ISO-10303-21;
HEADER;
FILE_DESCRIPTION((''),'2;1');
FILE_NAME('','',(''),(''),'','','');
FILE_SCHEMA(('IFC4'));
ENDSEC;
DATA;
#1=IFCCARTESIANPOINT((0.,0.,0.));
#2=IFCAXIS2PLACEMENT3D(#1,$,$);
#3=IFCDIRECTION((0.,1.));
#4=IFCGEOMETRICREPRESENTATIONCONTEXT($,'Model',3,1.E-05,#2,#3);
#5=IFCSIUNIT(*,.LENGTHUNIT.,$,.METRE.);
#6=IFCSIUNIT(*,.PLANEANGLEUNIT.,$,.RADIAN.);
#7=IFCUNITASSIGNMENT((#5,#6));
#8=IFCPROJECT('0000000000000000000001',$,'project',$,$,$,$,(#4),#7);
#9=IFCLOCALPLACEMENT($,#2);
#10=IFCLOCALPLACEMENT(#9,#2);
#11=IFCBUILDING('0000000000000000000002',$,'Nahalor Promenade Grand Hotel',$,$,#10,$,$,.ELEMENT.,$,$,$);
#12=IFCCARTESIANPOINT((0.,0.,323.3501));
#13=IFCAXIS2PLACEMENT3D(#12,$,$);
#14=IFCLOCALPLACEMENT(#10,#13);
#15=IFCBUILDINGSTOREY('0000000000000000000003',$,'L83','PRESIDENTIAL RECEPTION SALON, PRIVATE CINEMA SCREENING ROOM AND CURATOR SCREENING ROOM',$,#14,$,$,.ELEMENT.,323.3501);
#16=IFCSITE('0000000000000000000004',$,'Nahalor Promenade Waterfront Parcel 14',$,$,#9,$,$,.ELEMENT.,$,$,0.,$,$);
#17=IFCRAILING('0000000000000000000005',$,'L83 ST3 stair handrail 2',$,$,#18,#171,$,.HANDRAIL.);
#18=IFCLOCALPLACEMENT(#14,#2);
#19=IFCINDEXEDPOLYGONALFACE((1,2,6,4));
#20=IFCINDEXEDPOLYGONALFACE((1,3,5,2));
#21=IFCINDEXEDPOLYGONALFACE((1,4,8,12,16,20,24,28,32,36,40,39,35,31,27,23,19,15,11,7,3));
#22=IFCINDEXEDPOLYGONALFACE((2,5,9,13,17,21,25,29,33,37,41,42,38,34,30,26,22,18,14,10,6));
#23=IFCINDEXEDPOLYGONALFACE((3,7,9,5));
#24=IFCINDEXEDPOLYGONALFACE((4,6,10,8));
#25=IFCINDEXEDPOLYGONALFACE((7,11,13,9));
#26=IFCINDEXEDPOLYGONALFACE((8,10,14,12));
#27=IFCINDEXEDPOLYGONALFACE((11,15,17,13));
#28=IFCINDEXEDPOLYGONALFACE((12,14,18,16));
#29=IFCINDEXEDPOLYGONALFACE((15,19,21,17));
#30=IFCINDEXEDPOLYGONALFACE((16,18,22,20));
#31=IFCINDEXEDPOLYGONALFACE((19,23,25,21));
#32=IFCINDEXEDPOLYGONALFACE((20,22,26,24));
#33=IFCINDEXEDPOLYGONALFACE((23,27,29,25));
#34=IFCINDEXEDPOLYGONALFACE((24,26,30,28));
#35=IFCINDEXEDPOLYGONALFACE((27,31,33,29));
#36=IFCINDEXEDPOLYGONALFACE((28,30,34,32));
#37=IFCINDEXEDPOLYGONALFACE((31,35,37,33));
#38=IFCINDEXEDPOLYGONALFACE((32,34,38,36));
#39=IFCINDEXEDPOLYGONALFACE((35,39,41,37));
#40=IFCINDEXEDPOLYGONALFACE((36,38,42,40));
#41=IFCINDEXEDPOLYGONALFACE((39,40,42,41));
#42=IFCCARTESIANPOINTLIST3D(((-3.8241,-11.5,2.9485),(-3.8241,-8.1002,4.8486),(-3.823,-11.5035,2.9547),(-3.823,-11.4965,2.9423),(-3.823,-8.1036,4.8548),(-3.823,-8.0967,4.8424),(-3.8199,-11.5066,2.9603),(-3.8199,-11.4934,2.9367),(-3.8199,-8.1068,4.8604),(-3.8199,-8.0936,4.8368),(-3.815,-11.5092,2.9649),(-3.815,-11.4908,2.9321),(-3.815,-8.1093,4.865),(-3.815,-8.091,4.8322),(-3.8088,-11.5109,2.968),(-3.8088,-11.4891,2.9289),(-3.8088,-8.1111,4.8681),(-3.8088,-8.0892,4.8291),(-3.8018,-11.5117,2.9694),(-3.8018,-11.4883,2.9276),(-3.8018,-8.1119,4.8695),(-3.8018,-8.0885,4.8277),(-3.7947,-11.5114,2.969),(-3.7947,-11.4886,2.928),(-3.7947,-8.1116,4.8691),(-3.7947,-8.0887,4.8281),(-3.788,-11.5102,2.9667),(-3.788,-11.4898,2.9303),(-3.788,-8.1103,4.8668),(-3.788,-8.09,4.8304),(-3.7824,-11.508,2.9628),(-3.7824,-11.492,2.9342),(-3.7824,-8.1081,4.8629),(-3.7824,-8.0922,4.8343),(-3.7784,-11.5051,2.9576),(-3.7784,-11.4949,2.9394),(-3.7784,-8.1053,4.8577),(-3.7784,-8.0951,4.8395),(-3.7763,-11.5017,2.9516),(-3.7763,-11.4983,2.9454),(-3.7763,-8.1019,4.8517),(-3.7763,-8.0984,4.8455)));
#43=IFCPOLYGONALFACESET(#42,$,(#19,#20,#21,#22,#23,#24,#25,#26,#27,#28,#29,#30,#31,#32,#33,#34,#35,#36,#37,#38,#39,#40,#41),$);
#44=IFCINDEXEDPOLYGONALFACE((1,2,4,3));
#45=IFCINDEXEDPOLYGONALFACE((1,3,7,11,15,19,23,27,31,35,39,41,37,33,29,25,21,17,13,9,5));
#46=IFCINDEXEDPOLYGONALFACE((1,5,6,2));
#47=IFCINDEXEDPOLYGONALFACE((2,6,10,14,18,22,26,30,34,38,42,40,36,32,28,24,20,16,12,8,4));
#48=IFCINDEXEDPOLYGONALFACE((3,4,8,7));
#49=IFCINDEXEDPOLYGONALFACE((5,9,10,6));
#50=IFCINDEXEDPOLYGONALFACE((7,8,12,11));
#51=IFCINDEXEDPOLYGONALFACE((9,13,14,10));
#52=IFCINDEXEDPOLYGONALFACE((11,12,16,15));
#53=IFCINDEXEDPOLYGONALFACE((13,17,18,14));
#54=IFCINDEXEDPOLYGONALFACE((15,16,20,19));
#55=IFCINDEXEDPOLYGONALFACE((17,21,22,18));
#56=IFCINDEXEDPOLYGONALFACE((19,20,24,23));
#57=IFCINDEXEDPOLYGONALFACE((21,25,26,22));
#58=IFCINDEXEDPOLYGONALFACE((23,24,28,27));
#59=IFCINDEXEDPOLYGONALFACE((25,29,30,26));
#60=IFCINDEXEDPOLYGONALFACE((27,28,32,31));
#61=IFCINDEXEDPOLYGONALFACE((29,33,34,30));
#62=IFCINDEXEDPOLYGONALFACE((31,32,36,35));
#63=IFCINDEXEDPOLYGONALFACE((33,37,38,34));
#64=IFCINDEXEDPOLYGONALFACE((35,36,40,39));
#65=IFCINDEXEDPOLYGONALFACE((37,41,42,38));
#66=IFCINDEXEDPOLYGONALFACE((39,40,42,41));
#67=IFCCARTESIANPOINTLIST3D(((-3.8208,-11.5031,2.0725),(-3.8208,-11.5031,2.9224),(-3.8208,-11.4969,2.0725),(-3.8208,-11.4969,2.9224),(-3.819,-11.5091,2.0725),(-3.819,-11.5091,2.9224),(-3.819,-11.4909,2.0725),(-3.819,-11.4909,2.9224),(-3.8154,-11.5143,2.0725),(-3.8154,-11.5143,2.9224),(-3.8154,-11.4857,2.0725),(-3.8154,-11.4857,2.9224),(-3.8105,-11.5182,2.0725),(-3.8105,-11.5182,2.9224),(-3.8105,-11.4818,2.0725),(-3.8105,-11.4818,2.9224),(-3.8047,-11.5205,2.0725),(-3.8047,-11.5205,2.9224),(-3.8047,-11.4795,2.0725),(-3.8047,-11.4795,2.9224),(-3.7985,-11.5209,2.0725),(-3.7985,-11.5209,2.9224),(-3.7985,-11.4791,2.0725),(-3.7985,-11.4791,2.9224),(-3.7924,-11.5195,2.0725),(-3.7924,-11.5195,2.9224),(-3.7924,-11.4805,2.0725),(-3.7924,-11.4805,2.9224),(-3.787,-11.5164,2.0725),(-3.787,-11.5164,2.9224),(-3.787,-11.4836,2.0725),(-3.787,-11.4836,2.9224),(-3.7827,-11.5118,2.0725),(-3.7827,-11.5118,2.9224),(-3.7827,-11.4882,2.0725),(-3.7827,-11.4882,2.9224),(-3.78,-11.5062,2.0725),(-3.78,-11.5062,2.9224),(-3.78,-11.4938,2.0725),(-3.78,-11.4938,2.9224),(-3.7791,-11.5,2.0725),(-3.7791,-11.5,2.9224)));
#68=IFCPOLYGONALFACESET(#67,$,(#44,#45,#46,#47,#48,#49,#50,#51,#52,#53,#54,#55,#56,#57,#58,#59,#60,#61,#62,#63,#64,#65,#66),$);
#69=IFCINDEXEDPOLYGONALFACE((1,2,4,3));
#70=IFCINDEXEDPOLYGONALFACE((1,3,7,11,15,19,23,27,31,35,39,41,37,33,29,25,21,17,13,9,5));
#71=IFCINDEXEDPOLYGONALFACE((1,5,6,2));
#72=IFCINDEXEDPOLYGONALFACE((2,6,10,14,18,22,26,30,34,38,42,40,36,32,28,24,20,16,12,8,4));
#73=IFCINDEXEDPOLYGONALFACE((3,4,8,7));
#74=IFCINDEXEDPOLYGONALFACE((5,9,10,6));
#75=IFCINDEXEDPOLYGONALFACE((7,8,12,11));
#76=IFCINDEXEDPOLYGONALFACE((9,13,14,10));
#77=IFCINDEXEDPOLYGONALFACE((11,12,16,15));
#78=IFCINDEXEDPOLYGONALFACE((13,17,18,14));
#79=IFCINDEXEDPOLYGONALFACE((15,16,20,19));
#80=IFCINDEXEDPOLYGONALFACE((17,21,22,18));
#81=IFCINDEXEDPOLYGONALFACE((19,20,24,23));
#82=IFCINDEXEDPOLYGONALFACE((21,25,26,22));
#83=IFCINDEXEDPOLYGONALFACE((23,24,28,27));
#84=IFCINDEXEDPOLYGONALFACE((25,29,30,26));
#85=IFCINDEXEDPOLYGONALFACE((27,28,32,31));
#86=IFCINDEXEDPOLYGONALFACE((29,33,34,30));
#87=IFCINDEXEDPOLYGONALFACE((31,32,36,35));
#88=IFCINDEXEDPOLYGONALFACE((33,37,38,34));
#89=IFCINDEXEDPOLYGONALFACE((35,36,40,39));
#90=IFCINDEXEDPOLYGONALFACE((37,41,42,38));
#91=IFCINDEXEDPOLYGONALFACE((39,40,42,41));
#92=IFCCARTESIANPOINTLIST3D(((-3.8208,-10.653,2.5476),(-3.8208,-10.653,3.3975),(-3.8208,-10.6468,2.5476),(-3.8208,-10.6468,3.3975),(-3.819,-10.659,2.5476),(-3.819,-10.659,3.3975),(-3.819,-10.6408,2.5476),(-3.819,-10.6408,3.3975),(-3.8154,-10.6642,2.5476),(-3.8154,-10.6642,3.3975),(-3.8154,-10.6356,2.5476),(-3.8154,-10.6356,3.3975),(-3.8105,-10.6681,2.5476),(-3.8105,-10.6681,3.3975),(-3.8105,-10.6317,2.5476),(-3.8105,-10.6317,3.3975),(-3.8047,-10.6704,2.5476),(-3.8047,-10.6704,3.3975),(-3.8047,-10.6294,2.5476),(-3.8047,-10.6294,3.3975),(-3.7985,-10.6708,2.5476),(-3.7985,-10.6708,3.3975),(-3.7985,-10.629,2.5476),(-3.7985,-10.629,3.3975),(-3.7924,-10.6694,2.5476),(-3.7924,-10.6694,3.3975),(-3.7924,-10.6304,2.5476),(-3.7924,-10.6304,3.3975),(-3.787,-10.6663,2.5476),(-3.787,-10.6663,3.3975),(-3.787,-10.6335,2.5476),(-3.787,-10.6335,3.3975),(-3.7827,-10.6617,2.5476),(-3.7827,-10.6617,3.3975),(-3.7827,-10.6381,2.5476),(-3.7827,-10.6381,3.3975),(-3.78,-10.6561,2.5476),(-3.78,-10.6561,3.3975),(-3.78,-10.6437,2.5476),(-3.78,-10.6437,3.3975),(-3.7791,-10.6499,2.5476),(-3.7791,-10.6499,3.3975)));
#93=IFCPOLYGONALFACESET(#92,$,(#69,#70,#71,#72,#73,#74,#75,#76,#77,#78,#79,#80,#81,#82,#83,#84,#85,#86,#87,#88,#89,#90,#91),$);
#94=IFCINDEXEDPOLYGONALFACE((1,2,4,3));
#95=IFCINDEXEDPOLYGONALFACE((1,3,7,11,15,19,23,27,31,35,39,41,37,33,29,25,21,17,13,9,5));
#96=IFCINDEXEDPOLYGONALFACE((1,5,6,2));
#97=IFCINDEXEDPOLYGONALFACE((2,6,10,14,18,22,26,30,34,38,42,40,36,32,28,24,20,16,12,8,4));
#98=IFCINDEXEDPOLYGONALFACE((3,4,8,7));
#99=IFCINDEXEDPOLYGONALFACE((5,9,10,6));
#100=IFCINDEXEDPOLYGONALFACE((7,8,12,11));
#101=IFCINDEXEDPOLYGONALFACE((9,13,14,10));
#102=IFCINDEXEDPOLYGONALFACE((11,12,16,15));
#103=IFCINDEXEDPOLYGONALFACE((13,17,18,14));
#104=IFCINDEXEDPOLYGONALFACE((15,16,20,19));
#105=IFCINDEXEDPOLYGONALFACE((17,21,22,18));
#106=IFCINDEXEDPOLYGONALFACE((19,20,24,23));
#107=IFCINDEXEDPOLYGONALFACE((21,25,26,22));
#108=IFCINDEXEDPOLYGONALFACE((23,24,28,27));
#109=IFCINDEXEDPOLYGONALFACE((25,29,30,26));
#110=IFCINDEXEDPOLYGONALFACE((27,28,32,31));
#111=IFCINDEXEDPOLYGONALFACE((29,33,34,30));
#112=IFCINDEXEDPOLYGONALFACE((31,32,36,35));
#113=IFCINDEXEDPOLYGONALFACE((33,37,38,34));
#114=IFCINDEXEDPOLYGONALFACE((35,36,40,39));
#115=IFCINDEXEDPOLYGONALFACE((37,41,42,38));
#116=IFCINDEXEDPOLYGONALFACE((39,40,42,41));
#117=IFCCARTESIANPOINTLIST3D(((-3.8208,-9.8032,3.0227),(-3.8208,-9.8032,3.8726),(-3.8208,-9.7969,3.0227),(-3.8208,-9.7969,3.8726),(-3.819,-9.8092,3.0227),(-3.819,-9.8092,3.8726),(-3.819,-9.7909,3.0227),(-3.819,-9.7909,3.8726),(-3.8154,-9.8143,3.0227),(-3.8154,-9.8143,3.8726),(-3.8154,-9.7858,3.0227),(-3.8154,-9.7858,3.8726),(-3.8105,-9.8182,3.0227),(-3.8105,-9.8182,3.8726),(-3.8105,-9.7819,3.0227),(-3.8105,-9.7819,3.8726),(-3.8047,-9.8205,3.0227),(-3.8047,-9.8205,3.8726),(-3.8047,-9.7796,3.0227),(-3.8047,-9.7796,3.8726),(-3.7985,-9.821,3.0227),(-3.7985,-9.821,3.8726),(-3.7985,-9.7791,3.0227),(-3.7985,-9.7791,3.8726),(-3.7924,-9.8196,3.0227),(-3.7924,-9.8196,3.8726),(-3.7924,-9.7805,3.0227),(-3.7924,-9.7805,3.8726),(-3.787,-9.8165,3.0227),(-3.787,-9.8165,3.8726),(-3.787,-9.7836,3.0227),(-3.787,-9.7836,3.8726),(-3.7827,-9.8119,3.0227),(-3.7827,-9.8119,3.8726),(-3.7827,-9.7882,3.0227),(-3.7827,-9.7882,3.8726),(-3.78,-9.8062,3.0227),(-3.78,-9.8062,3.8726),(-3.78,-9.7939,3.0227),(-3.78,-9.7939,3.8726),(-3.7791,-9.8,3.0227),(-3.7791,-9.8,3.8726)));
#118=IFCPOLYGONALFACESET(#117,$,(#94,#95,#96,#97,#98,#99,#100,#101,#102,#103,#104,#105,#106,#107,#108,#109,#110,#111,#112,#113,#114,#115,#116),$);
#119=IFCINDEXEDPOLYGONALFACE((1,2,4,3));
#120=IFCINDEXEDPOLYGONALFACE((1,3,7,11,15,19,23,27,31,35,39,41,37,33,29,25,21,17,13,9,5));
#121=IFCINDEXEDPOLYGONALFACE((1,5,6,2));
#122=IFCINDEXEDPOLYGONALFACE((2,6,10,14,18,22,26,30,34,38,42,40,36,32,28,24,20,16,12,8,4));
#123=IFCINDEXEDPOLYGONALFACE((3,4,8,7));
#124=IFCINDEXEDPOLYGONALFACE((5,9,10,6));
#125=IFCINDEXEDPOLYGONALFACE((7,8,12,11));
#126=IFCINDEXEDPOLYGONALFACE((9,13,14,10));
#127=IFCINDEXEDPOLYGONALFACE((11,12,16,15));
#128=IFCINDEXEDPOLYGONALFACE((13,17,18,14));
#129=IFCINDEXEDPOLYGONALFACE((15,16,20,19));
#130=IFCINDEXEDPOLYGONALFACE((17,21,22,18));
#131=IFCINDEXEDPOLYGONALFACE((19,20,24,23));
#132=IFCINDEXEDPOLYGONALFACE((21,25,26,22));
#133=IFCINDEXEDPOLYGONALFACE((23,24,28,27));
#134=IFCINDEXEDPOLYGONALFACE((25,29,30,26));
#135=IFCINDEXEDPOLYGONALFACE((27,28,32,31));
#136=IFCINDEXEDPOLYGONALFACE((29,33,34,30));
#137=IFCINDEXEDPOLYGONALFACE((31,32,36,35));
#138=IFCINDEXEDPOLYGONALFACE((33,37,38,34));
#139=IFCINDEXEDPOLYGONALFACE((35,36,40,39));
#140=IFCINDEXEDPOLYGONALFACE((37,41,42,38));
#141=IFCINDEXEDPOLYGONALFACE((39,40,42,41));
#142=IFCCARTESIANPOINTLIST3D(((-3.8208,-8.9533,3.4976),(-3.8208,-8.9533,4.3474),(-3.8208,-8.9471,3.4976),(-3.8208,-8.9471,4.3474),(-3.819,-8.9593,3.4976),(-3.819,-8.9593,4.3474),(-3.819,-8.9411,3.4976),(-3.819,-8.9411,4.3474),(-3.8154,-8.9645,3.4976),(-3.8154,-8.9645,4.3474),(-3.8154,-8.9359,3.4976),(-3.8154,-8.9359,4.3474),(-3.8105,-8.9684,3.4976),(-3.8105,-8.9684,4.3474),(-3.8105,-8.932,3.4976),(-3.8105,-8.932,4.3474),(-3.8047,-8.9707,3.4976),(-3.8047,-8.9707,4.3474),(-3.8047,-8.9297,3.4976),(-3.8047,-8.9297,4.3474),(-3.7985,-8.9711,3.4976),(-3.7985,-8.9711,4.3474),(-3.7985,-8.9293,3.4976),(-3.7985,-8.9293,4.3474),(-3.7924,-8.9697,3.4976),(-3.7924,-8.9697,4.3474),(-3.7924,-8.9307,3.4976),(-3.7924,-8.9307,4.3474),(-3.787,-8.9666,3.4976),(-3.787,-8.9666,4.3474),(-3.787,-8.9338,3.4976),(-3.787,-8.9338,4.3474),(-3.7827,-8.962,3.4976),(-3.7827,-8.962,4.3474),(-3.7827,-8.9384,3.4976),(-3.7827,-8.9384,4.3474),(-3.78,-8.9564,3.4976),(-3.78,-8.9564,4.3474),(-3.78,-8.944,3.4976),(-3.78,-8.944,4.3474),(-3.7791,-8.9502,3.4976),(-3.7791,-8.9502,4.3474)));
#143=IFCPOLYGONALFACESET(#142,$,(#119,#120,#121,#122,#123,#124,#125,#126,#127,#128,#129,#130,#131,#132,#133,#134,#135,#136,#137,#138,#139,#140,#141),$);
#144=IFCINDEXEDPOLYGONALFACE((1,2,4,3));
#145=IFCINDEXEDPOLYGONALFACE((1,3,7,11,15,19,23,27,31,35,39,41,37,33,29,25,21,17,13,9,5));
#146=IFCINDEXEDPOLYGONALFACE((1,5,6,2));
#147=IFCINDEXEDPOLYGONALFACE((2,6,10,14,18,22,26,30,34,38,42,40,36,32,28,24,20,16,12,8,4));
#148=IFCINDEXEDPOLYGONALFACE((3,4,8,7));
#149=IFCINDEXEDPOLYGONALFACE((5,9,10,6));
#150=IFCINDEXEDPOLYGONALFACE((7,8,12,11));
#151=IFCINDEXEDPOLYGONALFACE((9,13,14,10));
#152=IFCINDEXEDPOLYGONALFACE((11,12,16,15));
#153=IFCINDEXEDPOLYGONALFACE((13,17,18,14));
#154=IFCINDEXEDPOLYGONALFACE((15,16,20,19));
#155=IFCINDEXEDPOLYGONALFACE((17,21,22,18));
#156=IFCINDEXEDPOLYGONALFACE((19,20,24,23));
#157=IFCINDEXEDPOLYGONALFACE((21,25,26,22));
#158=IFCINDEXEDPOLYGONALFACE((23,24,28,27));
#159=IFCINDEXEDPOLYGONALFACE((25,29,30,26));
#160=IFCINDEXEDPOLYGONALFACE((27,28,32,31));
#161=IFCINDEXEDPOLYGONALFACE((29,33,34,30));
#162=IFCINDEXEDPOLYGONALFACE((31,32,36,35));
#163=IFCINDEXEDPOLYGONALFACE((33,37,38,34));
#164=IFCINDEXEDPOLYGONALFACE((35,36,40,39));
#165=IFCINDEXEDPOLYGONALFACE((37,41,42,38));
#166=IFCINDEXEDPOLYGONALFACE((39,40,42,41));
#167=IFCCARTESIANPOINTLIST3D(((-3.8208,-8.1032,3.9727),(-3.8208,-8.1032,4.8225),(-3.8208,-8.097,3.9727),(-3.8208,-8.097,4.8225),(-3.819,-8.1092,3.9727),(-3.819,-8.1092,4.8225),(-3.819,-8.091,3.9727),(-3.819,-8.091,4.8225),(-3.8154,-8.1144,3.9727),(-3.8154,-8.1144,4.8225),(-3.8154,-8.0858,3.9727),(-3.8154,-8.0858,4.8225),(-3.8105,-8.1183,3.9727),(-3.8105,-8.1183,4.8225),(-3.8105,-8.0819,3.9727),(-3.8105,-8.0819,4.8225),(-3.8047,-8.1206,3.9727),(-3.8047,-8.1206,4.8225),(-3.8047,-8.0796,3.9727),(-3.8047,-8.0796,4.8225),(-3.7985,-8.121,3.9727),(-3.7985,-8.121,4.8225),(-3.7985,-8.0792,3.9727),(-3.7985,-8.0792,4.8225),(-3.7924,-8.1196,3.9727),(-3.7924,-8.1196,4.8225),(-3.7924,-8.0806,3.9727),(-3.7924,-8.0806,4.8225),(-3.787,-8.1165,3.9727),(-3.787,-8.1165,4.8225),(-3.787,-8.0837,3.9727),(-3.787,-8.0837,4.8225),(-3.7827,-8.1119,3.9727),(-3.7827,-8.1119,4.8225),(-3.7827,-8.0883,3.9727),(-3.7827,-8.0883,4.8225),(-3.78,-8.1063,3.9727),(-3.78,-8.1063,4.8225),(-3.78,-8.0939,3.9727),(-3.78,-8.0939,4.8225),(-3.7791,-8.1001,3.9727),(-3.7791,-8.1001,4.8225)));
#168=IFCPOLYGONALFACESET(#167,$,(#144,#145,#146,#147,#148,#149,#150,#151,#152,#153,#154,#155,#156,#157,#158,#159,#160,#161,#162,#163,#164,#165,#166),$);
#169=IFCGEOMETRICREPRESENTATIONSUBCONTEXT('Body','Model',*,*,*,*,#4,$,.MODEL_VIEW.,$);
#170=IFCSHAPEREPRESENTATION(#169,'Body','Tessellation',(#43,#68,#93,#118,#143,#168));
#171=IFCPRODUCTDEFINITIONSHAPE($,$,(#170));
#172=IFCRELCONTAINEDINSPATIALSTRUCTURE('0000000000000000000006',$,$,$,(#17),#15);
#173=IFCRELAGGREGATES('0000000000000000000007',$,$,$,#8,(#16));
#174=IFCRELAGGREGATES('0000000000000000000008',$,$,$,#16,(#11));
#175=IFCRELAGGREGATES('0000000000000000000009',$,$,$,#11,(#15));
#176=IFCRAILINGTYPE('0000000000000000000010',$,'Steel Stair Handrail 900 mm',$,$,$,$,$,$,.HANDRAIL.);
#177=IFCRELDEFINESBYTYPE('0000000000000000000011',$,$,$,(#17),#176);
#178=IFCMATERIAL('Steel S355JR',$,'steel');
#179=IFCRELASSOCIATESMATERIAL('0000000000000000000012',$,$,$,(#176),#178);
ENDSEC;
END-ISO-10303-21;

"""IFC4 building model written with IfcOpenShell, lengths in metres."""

from ifc_helpers import new_model, si_unit, direction, frame, origin, origin_2d, place, context, subcontext, project, spatial, circle, extrude, material, type_object, element, save


model = new_model("IFC4")

# Units and contexts
model_context = context("Model", 3, precision=1e-05, world=origin(), true_north=direction((0.0, 1.0)))
body_context = subcontext(model_context, "Body", "Model", "MODEL_VIEW")
ifc_project = project(units=[si_unit("LENGTHUNIT", "METRE"), si_unit("PLANEANGLEUNIT", "RADIAN")], contexts=[model_context])

# Site, building, storey
site_placement = place(None, origin())
site = spatial("IfcSite", under=ifc_project, at=site_placement, Name="Nahalor Promenade Waterfront Parcel 14", CompositionType="ELEMENT", RefElevation=0.0)
building_placement = place(site_placement, origin())
building = spatial("IfcBuilding", under=site, at=building_placement, Name="Nahalor Promenade Grand Hotel", CompositionType="ELEMENT")
storey_placement = place(building_placement, frame((0.0, 0.0, 323.3501)))
storey = spatial("IfcBuildingStorey", under=building, at=storey_placement, Name="L83", Description="PRESIDENTIAL RECEPTION SALON, PRIVATE CINEMA SCREENING ROOM AND CURATOR SCREENING ROOM", CompositionType="ELEMENT", Elevation=323.3501)

# Shared definitions
ifc_material_1 = material(Name="Steel S355JR", Category="steel")

# Railing
railing_type_1 = type_object("IfcRailingType", Name="Steel Stair Handrail 900 mm", PredefinedType="HANDRAIL", material=ifc_material_1)
railing_1_placement = place(storey_placement, frame((-3.8, -11.5, 2.0725)))
element("IfcRailing", 1, at=railing_1_placement, inside=storey, type_object=railing_type_1, Name="L83 ST3 stair handrail 2", PredefinedType="HANDRAIL", context=body_context, shape_type="SweptSolid", body=[
    extrude(circle(Radius=0.024, at=origin_2d()), frame((0.0, 0.0, 0.876), z_axis=(0.0, 0.872921, 0.487861), x_axis=(-1.0, 0.0, 0.0)), (0.0, 0.0, 1.0), 3.8948),
    extrude(circle(Radius=0.021, at=origin_2d()), origin(), (0.0, 0.0, 1.0), 0.8499),
    extrude(circle(Radius=0.021, at=origin_2d()), frame((0.0, 0.8501, 0.4751)), (0.0, 0.0, 1.0), 0.8499),
    extrude(circle(Radius=0.021, at=origin_2d()), frame((0.0, 1.7, 0.9502)), (0.0, 0.0, 1.0), 0.8499),
    extrude(circle(Radius=0.021, at=origin_2d()), frame((0.0, 2.5498, 1.425)), (0.0, 0.0, 1.0), 0.8499),
    extrude(circle(Radius=0.021, at=origin_2d()), frame((0.0, 3.3999, 1.9001)), (0.0, 0.0, 1.0), 0.8499),
])

save(model, "model.ifc")
